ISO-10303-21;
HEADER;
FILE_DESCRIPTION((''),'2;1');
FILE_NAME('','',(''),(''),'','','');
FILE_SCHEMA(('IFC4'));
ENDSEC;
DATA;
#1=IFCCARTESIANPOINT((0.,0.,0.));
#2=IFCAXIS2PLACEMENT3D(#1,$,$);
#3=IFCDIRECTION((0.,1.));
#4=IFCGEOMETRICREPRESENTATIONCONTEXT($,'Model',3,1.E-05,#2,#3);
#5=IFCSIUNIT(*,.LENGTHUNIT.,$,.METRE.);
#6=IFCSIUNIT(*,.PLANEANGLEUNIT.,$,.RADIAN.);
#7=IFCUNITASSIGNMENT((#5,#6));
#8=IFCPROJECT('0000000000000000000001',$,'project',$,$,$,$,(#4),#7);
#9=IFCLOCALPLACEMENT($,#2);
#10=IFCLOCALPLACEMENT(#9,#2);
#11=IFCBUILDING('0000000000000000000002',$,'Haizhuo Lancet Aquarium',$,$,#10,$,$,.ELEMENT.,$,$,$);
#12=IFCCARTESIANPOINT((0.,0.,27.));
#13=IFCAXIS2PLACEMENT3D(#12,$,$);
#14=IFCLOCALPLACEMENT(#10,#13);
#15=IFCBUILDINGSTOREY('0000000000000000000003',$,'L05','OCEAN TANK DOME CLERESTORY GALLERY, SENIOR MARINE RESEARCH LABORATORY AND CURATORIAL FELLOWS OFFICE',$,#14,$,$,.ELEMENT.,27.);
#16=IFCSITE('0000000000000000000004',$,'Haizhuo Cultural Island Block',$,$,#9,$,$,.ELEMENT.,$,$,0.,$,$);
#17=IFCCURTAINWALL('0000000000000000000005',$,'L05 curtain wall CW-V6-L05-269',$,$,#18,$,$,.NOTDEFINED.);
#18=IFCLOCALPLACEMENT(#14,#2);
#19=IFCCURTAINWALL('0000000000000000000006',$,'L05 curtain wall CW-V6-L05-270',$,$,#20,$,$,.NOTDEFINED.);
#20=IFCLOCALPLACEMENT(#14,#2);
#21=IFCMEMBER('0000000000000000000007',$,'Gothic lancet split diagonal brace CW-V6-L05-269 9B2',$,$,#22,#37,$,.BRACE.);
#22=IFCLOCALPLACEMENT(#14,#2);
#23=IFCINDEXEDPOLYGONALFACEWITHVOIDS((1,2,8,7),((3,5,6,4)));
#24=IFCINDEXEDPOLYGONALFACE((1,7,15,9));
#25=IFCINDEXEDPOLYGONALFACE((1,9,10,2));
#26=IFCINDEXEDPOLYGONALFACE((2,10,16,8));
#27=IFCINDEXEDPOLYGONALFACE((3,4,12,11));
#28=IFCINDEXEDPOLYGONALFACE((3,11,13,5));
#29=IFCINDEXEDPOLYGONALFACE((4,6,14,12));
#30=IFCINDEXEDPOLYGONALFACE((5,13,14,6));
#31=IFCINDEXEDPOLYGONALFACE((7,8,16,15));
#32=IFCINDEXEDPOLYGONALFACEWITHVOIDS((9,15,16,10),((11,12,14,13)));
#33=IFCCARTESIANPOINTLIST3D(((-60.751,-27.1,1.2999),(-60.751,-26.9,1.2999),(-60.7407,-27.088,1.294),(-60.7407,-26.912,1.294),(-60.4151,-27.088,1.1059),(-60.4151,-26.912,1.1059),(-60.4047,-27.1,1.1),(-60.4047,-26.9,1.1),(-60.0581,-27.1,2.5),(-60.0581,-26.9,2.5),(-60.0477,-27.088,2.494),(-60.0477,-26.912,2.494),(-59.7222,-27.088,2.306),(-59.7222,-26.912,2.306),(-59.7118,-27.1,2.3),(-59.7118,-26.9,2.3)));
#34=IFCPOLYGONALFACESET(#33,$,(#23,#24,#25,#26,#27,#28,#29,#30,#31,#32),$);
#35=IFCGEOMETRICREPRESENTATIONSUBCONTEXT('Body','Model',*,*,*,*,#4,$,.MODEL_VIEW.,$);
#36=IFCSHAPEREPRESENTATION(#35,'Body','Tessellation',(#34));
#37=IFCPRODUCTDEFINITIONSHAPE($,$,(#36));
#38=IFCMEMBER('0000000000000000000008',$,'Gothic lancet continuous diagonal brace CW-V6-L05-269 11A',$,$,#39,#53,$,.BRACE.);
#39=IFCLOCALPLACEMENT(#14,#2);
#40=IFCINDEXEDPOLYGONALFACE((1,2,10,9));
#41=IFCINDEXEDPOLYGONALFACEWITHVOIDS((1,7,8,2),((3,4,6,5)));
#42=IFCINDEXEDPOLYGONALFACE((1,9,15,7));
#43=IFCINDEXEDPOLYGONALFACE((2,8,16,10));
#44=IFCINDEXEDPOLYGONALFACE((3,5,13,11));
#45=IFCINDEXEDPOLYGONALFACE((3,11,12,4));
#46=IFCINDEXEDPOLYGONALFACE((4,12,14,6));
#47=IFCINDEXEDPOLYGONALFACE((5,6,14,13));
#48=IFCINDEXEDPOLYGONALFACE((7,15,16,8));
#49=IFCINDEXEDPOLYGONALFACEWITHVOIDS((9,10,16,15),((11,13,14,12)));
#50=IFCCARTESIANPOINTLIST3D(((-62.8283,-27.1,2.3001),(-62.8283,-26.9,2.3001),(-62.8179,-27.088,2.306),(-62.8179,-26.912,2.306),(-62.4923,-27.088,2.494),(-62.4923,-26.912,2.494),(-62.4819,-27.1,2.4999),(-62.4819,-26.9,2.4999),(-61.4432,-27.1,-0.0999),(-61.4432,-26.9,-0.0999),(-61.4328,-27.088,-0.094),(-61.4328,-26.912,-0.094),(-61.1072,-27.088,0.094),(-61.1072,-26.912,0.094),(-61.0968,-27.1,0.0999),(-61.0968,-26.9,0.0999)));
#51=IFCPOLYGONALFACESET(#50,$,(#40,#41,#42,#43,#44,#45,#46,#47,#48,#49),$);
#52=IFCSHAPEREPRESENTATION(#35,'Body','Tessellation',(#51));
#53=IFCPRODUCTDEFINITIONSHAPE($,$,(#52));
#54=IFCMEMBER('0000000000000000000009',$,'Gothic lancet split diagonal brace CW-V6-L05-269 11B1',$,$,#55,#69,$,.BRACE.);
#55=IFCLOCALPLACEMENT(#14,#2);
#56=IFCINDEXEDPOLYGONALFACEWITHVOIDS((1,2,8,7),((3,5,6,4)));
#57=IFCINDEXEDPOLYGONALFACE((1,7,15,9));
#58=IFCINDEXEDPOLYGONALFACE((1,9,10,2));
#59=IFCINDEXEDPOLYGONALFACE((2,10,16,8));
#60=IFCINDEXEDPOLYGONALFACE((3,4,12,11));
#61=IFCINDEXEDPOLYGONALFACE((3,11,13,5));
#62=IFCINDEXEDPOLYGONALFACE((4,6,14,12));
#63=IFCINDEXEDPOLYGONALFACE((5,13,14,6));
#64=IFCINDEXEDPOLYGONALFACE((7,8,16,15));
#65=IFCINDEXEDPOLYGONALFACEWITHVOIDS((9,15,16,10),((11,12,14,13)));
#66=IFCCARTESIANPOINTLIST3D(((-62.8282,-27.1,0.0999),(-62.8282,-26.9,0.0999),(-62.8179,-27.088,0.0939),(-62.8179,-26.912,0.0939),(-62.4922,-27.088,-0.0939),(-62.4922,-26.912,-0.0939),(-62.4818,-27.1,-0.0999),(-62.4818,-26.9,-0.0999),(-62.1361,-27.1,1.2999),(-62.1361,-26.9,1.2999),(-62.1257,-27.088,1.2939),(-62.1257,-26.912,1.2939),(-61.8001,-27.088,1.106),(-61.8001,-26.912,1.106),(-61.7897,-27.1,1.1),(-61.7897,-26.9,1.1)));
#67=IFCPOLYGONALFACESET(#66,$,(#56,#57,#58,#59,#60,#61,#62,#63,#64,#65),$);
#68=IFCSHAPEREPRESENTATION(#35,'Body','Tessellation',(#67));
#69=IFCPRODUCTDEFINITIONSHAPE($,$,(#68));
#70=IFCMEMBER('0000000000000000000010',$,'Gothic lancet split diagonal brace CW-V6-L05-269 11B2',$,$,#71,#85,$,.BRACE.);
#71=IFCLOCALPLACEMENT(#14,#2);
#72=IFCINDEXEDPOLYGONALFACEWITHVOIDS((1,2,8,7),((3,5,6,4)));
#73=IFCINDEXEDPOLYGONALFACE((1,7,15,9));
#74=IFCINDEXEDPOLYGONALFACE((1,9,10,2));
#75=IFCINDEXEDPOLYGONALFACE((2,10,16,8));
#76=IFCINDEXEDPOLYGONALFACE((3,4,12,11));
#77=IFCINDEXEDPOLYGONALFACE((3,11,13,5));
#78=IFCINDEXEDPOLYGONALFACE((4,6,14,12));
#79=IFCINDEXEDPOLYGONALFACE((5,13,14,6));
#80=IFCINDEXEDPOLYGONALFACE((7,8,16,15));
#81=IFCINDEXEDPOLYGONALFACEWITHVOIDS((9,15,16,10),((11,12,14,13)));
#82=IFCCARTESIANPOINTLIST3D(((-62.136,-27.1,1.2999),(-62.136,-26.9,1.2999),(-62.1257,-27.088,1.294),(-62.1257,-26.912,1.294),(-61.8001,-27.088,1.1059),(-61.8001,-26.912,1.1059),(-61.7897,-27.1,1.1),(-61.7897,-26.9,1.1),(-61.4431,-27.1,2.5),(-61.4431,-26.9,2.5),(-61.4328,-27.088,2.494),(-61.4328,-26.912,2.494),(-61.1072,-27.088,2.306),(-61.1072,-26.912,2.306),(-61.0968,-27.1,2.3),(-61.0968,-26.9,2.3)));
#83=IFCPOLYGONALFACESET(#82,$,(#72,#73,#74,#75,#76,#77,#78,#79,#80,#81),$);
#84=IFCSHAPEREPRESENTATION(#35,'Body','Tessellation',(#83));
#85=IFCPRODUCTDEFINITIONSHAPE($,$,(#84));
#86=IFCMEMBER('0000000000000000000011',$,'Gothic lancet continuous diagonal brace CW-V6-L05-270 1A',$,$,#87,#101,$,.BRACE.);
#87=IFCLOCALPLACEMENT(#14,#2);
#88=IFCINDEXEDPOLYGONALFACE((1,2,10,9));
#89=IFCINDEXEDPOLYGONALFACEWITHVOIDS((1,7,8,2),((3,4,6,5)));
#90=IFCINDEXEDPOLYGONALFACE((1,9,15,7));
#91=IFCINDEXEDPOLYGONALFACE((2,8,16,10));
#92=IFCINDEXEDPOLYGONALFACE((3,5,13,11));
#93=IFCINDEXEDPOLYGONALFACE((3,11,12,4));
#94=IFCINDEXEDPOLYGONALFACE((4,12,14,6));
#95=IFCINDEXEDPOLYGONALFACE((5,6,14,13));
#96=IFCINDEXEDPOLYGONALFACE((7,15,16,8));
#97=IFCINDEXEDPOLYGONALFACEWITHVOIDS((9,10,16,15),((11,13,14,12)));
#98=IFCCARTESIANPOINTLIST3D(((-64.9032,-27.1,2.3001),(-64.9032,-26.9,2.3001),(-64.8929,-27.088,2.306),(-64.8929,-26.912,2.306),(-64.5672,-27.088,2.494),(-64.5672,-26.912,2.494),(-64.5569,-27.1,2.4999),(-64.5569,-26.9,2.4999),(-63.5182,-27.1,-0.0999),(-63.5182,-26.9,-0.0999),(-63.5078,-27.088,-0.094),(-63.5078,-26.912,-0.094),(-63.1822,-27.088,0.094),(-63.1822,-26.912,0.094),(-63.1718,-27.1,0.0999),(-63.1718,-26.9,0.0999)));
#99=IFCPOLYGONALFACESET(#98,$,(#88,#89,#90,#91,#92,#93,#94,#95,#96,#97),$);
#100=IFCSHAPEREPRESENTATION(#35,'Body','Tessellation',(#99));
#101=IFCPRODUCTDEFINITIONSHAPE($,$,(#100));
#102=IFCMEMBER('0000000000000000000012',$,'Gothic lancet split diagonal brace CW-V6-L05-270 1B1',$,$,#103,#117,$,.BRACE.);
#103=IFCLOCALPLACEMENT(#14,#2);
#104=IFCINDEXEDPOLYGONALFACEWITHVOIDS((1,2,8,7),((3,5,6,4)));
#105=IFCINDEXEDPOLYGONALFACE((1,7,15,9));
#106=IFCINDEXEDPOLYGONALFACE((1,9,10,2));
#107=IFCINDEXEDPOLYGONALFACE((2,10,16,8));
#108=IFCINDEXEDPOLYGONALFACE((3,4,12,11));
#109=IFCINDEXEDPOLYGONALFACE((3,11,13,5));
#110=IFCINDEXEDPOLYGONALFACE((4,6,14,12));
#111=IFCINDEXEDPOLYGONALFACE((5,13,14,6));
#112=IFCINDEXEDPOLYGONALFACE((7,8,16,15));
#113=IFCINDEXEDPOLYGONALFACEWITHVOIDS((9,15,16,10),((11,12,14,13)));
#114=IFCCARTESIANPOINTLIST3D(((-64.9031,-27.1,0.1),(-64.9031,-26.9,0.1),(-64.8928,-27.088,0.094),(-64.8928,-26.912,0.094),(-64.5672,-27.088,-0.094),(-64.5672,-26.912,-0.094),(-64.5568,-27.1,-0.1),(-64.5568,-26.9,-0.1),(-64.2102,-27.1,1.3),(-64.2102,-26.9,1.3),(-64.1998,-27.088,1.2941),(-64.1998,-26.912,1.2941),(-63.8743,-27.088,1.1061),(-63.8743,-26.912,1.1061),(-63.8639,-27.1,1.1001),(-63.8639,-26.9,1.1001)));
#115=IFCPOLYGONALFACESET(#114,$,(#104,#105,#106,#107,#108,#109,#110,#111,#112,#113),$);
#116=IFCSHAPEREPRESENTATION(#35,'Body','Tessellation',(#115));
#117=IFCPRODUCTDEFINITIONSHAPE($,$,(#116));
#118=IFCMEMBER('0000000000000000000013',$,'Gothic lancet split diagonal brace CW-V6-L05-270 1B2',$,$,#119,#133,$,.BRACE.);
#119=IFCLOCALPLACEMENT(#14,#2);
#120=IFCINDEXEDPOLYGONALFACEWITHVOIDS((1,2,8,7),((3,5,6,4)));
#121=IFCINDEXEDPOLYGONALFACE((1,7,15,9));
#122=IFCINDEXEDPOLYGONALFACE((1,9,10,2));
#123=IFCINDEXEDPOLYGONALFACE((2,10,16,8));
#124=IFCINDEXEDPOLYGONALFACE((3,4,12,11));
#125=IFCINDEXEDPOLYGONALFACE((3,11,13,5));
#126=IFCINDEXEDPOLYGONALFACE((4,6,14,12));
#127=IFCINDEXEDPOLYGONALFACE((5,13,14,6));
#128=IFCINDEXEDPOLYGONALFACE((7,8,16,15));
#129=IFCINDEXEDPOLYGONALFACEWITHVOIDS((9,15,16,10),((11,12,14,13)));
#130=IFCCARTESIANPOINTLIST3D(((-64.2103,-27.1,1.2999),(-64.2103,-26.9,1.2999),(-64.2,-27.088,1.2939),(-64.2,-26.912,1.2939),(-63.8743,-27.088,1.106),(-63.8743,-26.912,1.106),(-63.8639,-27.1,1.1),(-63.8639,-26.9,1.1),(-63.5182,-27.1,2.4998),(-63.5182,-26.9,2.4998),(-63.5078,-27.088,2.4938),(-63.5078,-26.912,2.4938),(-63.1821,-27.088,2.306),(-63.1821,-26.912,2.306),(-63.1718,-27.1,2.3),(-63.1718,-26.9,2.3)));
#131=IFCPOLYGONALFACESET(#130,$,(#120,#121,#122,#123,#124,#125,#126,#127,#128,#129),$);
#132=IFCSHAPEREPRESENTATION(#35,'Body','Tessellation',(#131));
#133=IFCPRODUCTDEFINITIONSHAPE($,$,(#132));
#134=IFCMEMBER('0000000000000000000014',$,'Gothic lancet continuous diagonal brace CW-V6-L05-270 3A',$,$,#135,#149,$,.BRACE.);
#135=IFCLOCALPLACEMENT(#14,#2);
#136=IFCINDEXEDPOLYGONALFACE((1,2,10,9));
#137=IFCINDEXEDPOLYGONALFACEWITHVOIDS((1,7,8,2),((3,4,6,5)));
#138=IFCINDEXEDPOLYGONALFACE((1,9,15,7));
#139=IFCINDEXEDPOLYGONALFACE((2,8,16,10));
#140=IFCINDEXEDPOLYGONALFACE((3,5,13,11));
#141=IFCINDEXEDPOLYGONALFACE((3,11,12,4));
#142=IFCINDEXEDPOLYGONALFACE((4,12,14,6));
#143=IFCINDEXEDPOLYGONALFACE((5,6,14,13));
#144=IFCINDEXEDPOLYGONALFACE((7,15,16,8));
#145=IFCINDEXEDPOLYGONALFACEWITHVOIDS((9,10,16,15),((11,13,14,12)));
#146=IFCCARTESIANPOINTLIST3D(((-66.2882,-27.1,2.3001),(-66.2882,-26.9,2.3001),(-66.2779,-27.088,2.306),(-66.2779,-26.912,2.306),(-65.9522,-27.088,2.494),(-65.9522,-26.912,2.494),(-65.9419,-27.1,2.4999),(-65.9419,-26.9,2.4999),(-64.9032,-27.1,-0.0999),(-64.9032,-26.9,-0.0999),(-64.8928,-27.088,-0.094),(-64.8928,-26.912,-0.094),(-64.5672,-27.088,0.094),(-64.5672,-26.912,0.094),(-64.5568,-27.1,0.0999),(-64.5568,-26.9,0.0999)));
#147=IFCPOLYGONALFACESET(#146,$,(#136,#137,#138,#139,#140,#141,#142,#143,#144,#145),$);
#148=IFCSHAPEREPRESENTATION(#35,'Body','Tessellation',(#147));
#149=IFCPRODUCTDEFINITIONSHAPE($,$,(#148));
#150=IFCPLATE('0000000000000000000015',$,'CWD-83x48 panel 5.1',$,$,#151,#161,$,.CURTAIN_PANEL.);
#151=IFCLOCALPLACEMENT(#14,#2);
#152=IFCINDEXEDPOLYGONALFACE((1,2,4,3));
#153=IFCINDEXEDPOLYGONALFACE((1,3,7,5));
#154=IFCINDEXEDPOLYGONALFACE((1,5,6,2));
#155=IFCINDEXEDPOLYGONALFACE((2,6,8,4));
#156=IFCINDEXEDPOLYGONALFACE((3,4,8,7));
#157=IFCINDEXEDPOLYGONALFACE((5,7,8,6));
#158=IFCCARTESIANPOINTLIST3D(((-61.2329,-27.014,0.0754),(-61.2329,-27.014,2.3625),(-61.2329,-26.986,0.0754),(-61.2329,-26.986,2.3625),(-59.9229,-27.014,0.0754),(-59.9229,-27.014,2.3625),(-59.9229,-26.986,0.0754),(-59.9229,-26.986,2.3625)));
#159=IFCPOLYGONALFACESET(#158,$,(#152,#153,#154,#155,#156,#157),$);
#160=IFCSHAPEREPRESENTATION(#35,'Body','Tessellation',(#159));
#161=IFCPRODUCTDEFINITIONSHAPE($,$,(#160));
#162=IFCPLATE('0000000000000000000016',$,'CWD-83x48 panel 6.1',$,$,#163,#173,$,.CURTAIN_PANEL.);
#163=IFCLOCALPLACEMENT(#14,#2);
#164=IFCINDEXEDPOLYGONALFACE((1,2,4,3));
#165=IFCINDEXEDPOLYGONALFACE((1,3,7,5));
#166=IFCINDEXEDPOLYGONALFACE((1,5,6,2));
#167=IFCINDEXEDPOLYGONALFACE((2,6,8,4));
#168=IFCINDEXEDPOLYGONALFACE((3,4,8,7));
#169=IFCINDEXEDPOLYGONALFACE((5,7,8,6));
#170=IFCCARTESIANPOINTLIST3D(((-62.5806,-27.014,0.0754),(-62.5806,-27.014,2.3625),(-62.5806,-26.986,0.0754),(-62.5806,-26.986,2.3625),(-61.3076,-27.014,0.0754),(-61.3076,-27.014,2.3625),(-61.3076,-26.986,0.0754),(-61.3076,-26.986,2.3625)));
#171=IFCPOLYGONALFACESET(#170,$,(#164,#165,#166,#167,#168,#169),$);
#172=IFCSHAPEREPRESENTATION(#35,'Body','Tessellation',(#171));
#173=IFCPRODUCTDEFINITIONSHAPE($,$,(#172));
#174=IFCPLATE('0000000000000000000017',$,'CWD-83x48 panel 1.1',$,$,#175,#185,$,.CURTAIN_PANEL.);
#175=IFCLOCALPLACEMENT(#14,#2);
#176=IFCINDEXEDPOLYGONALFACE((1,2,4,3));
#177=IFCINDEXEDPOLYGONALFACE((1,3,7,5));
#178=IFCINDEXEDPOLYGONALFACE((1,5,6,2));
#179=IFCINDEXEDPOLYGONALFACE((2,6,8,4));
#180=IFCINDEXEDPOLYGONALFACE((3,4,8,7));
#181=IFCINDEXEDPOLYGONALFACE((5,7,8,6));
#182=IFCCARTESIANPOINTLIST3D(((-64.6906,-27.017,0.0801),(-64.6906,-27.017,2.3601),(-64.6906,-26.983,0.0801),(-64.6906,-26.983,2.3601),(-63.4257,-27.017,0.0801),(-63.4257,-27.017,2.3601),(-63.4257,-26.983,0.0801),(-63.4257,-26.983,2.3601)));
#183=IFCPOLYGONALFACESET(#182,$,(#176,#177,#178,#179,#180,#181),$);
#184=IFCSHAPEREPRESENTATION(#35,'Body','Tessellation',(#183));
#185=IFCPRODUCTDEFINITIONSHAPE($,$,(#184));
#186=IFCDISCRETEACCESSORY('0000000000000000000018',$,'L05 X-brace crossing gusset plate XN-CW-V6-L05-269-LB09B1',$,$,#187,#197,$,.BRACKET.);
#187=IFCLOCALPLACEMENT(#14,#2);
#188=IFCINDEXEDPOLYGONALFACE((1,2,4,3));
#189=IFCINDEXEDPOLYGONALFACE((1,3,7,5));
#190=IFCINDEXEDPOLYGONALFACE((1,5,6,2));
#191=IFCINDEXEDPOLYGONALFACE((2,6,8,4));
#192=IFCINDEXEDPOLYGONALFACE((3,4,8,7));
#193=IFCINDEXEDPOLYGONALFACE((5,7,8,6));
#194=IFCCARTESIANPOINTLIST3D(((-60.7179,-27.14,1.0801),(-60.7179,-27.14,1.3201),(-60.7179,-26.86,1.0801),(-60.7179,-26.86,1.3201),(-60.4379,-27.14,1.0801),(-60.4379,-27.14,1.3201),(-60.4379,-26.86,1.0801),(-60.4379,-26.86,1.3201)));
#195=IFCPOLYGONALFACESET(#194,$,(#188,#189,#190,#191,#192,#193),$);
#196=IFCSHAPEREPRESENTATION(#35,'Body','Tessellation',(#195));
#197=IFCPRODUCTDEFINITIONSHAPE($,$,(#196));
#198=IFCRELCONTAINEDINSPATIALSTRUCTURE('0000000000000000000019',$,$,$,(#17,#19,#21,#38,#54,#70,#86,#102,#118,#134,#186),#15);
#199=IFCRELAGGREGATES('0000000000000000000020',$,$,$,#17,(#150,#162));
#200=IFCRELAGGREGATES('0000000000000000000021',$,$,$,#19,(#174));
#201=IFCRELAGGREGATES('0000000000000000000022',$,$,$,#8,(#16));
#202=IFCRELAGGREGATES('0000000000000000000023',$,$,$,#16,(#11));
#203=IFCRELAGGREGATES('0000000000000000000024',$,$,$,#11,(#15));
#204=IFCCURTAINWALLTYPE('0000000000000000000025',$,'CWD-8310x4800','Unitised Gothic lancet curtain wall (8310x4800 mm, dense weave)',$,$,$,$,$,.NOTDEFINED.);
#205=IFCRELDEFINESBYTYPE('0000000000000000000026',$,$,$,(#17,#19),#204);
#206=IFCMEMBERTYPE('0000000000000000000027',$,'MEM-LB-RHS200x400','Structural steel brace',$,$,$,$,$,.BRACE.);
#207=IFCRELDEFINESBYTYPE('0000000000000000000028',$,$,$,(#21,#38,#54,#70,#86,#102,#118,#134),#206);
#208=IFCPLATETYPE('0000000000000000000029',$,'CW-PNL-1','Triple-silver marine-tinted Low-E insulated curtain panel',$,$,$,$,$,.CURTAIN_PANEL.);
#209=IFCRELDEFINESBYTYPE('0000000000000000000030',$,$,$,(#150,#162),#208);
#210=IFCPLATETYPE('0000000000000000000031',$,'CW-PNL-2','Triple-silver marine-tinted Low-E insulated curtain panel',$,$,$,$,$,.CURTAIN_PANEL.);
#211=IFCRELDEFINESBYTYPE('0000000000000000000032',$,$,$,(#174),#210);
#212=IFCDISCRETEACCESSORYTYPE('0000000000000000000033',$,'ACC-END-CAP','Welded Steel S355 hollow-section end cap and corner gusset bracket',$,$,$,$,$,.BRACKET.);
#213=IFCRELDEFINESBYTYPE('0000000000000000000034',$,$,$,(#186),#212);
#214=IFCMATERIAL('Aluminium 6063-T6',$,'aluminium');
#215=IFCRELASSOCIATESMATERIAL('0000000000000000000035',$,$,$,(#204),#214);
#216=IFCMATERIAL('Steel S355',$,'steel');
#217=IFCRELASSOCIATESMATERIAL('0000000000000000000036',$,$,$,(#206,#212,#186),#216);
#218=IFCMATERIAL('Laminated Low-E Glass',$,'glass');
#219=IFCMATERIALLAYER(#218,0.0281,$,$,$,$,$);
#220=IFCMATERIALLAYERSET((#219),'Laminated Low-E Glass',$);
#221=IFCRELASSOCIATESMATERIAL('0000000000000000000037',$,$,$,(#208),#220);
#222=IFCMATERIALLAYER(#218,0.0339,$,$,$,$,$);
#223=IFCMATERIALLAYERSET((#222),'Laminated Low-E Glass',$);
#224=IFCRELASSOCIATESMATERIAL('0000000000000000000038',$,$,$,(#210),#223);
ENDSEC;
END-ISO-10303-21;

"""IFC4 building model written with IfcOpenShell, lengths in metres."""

from ifc_helpers import new_model, si_unit, direction, frame, origin, origin_2d, place, context, subcontext, project, spatial, rectangle, hollow_rectangle, extrude, material, layer, layer_set, material_profile, profile_set, type_object, element, aggregate, save


model = new_model("IFC4")

# Units and contexts
model_context = context("Model", 3, precision=1e-05, world=origin(), true_north=direction((0.0, 1.0)))
body_context = subcontext(model_context, "Body", "Model", "MODEL_VIEW")
ifc_project = project(units=[si_unit("LENGTHUNIT", "METRE"), si_unit("PLANEANGLEUNIT", "RADIAN")], contexts=[model_context])

# Site, building, storey
site_placement = place(None, origin())
site = spatial("IfcSite", under=ifc_project, at=site_placement, Name="Haizhuo Cultural Island Block", CompositionType="ELEMENT", RefElevation=0.0)
building_placement = place(site_placement, origin())
building = spatial("IfcBuilding", under=site, at=building_placement, Name="Haizhuo Lancet Aquarium", CompositionType="ELEMENT")
storey_placement = place(building_placement, frame((0.0, 0.0, 27.0)))
storey = spatial("IfcBuildingStorey", under=building, at=storey_placement, Name="L05", Description="OCEAN TANK DOME CLERESTORY GALLERY, SENIOR MARINE RESEARCH LABORATORY AND CURATORIAL FELLOWS OFFICE", CompositionType="ELEMENT", Elevation=27.0)

# Curtain wall
ifc_material_1 = material(Name="Aluminium 6063-T6", Category="aluminium")
curtain_wall_type = type_object("IfcCurtainWallType", Name="CWD-8310x4800", Description="Unitised Gothic lancet curtain wall (8310x4800 mm, dense weave)", PredefinedType="NOTDEFINED", material=ifc_material_1)
curtain_wall_1_placement = place(storey_placement, origin())
curtain_wall_1 = element("IfcCurtainWall", 1, at=curtain_wall_1_placement, inside=storey, type_object=curtain_wall_type, Name="L05 curtain wall CW-V6-L05-269", PredefinedType="NOTDEFINED")

# Curtain wall
curtain_wall_2_placement = place(storey_placement, origin())
curtain_wall_2 = element("IfcCurtainWall", 2, at=curtain_wall_2_placement, inside=storey, type_object=curtain_wall_type, Name="L05 curtain wall CW-V6-L05-270", PredefinedType="NOTDEFINED")

# Members
ifc_material_2 = material(Name="Steel S355", Category="steel")
ifc_material_profile_1 = material_profile(ifc_material_2, hollow_rectangle(XDim=0.2, YDim=0.3999, WallThickness=0.012, at=origin_2d()), Name="RHS 200x400x12")
ifc_profile_set_1 = profile_set([ifc_material_profile_1], Name="Steel S355")
member_type_1 = type_object("IfcMemberType", Name="MEM-LB-RHS200x400", Description="Structural steel brace", PredefinedType="BRACE", material=ifc_profile_set_1)
member_1_placement = place(storey_placement, frame((-60.5779, -27.0, 1.2), z_axis=(0.500043, 0.0, 0.866001), x_axis=(0.0, 1.0, 0.0)))
element("IfcMember", 3, at=member_1_placement, inside=storey, type_object=member_type_1, Name="Gothic lancet split diagonal brace CW-V6-L05-269 9B2", PredefinedType="BRACE", context=body_context, shape_type="SweptSolid", body=[
    extrude(hollow_rectangle(XDim=0.2, YDim=0.3999, WallThickness=0.012, at=origin_2d()), origin(), (0.0, 0.0, 1.0), 1.3857),
])
member_2_placement = place(storey_placement, frame((-61.27, -27.0, 0.0), z_axis=(-0.499844, 0.0, 0.866115), x_axis=(0.0, -1.0, 0.0)))
element("IfcMember", 4, at=member_2_placement, inside=storey, type_object=member_type_1, Name="Gothic lancet continuous diagonal brace CW-V6-L05-269 11A", PredefinedType="BRACE", context=body_context, shape_type="SweptSolid", body=[
    extrude(hollow_rectangle(XDim=0.2, YDim=0.3999, WallThickness=0.012, at=origin_2d()), origin(), (0.0, 0.0, 1.0), 2.771),
])
member_3_placement = place(storey_placement, frame((-62.655, -27.0, 0.0), z_axis=(0.499646, 0.0, 0.86623), x_axis=(0.0, 1.0, 0.0)))
element("IfcMember", 5, at=member_3_placement, inside=storey, type_object=member_type_1, Name="Gothic lancet split diagonal brace CW-V6-L05-269 11B1", PredefinedType="BRACE", context=body_context, shape_type="SweptSolid", body=[
    extrude(hollow_rectangle(XDim=0.2, YDim=0.3999, WallThickness=0.012, at=origin_2d()), origin(), (0.0, 0.0, 1.0), 1.3853),
])
member_4_placement = place(storey_placement, frame((-61.9629, -27.0, 1.2), z_axis=(0.500043, 0.0, 0.866001), x_axis=(0.0, 1.0, 0.0)))
element("IfcMember", 6, at=member_4_placement, inside=storey, type_object=member_type_1, Name="Gothic lancet split diagonal brace CW-V6-L05-269 11B2", PredefinedType="BRACE", context=body_context, shape_type="SweptSolid", body=[
    extrude(hollow_rectangle(XDim=0.2, YDim=0.3999, WallThickness=0.012, at=origin_2d()), origin(), (0.0, 0.0, 1.0), 1.3857),
])
member_5_placement = place(storey_placement, frame((-63.345, -27.0, 0.0), z_axis=(-0.499844, 0.0, 0.866115), x_axis=(0.0, -1.0, 0.0)))
element("IfcMember", 7, at=member_5_placement, inside=storey, type_object=member_type_1, Name="Gothic lancet continuous diagonal brace CW-V6-L05-270 1A", PredefinedType="BRACE", context=body_context, shape_type="SweptSolid", body=[
    extrude(hollow_rectangle(XDim=0.2, YDim=0.3999, WallThickness=0.012, at=origin_2d()), origin(), (0.0, 0.0, 1.0), 2.771),
])
member_6_placement = place(storey_placement, frame((-64.73, -27.0, 0.0), z_axis=(0.500043, 0.0, 0.866001), x_axis=(0.0, 1.0, 0.0)))
element("IfcMember", 8, at=member_6_placement, inside=storey, type_object=member_type_1, Name="Gothic lancet split diagonal brace CW-V6-L05-270 1B1", PredefinedType="BRACE", context=body_context, shape_type="SweptSolid", body=[
    extrude(hollow_rectangle(XDim=0.2, YDim=0.3999, WallThickness=0.012, at=origin_2d()), origin(), (0.0, 0.0, 1.0), 1.3857),
])
member_7_placement = place(storey_placement, frame((-64.0371, -27.0, 1.2), z_axis=(0.499646, 0.0, 0.86623), x_axis=(0.0, 1.0, 0.0)))
element("IfcMember", 9, at=member_7_placement, inside=storey, type_object=member_type_1, Name="Gothic lancet split diagonal brace CW-V6-L05-270 1B2", PredefinedType="BRACE", context=body_context, shape_type="SweptSolid", body=[
    extrude(hollow_rectangle(XDim=0.2, YDim=0.3999, WallThickness=0.012, at=origin_2d()), origin(), (0.0, 0.0, 1.0), 1.3853),
])
member_8_placement = place(storey_placement, frame((-64.73, -27.0, 0.0), z_axis=(-0.499844, 0.0, 0.866115), x_axis=(0.0, -1.0, 0.0)))
element("IfcMember", 10, at=member_8_placement, inside=storey, type_object=member_type_1, Name="Gothic lancet continuous diagonal brace CW-V6-L05-270 3A", PredefinedType="BRACE", context=body_context, shape_type="SweptSolid", body=[
    extrude(hollow_rectangle(XDim=0.2, YDim=0.3999, WallThickness=0.012, at=origin_2d()), origin(), (0.0, 0.0, 1.0), 2.771),
])

# Plates
ifc_material_3 = material(Name="Laminated Low-E Glass", Category="glass")
ifc_layer_1 = layer(ifc_material_3, 0.0281)
ifc_layer_set_1 = layer_set([ifc_layer_1], Name="Laminated Low-E Glass")
plate_type_1 = type_object("IfcPlateType", Name="CW-PNL-1", Description="Triple-silver marine-tinted Low-E insulated curtain panel", PredefinedType="CURTAIN_PANEL", material=ifc_layer_set_1)
plate_1_placement = place(storey_placement, frame((-60.5779, -27.0, 0.0754), z_axis=(0.0, 0.0, 1.0), x_axis=(-1.0, 0.0, 0.0)))
plate_1 = element("IfcPlate", 11, at=plate_1_placement, type_object=plate_type_1, Name="CWD-83x48 panel 5.1", PredefinedType="CURTAIN_PANEL", context=body_context, shape_type="SweptSolid", body=[
    extrude(rectangle(XDim=1.3101, YDim=0.0281, at=origin_2d()), origin(), (0.0, 0.0, 1.0), 2.2871),
])
plate_2_placement = place(storey_placement, frame((-61.9441, -27.0, 0.0754), z_axis=(0.0, 0.0, 1.0), x_axis=(-1.0, 0.0, 0.0)))
plate_2 = element("IfcPlate", 12, at=plate_2_placement, type_object=plate_type_1, Name="CWD-83x48 panel 6.1", PredefinedType="CURTAIN_PANEL", context=body_context, shape_type="SweptSolid", body=[
    extrude(rectangle(XDim=1.2729, YDim=0.0281, at=origin_2d()), origin(), (0.0, 0.0, 1.0), 2.2871),
])
aggregate(curtain_wall_1, [plate_1, plate_2])
ifc_layer_2 = layer(ifc_material_3, 0.0339)
ifc_layer_set_2 = layer_set([ifc_layer_2], Name="Laminated Low-E Glass")
plate_type_2 = type_object("IfcPlateType", Name="CW-PNL-2", Description="Triple-silver marine-tinted Low-E insulated curtain panel", PredefinedType="CURTAIN_PANEL", material=ifc_layer_set_2)
plate_3_placement = place(storey_placement, frame((-64.0581, -27.0, 0.0801), z_axis=(0.0, 0.0, 1.0), x_axis=(-1.0, 0.0, 0.0)))
plate_3 = element("IfcPlate", 13, at=plate_3_placement, type_object=plate_type_2, Name="CWD-83x48 panel 1.1", PredefinedType="CURTAIN_PANEL", context=body_context, shape_type="SweptSolid", body=[
    extrude(rectangle(XDim=1.2649, YDim=0.0339, at=origin_2d()), origin(), (0.0, 0.0, 1.0), 2.28),
])
aggregate(curtain_wall_2, [plate_3])

# Discrete accessory
discrete_accessory_type = type_object("IfcDiscreteAccessoryType", Name="ACC-END-CAP", Description="Welded Steel S355 hollow-section end cap and corner gusset bracket", PredefinedType="BRACKET", material=ifc_material_2)
for number, where, z_axis, x_axis, name in (
    (14, (-60.5779, -27.0, 1.0801), (0.0, 0.0, 1.0), (1.0, 0.0, 0.0), "L05 X-brace crossing gusset plate XN-CW-V6-L05-269-LB09B1"),
):
    element("IfcDiscreteAccessory", number, at=place(storey_placement, frame(where, z_axis=z_axis, x_axis=x_axis)), inside=storey, type_object=discrete_accessory_type, material=ifc_material_2, Name=name, PredefinedType="BRACKET", context=body_context, shape_type="SweptSolid", body=[
        extrude(rectangle(XDim=0.28, YDim=0.28, at=origin_2d()), origin(), (0.0, 0.0, 1.0), 0.24),
    ])

save(model, "model.ifc")
